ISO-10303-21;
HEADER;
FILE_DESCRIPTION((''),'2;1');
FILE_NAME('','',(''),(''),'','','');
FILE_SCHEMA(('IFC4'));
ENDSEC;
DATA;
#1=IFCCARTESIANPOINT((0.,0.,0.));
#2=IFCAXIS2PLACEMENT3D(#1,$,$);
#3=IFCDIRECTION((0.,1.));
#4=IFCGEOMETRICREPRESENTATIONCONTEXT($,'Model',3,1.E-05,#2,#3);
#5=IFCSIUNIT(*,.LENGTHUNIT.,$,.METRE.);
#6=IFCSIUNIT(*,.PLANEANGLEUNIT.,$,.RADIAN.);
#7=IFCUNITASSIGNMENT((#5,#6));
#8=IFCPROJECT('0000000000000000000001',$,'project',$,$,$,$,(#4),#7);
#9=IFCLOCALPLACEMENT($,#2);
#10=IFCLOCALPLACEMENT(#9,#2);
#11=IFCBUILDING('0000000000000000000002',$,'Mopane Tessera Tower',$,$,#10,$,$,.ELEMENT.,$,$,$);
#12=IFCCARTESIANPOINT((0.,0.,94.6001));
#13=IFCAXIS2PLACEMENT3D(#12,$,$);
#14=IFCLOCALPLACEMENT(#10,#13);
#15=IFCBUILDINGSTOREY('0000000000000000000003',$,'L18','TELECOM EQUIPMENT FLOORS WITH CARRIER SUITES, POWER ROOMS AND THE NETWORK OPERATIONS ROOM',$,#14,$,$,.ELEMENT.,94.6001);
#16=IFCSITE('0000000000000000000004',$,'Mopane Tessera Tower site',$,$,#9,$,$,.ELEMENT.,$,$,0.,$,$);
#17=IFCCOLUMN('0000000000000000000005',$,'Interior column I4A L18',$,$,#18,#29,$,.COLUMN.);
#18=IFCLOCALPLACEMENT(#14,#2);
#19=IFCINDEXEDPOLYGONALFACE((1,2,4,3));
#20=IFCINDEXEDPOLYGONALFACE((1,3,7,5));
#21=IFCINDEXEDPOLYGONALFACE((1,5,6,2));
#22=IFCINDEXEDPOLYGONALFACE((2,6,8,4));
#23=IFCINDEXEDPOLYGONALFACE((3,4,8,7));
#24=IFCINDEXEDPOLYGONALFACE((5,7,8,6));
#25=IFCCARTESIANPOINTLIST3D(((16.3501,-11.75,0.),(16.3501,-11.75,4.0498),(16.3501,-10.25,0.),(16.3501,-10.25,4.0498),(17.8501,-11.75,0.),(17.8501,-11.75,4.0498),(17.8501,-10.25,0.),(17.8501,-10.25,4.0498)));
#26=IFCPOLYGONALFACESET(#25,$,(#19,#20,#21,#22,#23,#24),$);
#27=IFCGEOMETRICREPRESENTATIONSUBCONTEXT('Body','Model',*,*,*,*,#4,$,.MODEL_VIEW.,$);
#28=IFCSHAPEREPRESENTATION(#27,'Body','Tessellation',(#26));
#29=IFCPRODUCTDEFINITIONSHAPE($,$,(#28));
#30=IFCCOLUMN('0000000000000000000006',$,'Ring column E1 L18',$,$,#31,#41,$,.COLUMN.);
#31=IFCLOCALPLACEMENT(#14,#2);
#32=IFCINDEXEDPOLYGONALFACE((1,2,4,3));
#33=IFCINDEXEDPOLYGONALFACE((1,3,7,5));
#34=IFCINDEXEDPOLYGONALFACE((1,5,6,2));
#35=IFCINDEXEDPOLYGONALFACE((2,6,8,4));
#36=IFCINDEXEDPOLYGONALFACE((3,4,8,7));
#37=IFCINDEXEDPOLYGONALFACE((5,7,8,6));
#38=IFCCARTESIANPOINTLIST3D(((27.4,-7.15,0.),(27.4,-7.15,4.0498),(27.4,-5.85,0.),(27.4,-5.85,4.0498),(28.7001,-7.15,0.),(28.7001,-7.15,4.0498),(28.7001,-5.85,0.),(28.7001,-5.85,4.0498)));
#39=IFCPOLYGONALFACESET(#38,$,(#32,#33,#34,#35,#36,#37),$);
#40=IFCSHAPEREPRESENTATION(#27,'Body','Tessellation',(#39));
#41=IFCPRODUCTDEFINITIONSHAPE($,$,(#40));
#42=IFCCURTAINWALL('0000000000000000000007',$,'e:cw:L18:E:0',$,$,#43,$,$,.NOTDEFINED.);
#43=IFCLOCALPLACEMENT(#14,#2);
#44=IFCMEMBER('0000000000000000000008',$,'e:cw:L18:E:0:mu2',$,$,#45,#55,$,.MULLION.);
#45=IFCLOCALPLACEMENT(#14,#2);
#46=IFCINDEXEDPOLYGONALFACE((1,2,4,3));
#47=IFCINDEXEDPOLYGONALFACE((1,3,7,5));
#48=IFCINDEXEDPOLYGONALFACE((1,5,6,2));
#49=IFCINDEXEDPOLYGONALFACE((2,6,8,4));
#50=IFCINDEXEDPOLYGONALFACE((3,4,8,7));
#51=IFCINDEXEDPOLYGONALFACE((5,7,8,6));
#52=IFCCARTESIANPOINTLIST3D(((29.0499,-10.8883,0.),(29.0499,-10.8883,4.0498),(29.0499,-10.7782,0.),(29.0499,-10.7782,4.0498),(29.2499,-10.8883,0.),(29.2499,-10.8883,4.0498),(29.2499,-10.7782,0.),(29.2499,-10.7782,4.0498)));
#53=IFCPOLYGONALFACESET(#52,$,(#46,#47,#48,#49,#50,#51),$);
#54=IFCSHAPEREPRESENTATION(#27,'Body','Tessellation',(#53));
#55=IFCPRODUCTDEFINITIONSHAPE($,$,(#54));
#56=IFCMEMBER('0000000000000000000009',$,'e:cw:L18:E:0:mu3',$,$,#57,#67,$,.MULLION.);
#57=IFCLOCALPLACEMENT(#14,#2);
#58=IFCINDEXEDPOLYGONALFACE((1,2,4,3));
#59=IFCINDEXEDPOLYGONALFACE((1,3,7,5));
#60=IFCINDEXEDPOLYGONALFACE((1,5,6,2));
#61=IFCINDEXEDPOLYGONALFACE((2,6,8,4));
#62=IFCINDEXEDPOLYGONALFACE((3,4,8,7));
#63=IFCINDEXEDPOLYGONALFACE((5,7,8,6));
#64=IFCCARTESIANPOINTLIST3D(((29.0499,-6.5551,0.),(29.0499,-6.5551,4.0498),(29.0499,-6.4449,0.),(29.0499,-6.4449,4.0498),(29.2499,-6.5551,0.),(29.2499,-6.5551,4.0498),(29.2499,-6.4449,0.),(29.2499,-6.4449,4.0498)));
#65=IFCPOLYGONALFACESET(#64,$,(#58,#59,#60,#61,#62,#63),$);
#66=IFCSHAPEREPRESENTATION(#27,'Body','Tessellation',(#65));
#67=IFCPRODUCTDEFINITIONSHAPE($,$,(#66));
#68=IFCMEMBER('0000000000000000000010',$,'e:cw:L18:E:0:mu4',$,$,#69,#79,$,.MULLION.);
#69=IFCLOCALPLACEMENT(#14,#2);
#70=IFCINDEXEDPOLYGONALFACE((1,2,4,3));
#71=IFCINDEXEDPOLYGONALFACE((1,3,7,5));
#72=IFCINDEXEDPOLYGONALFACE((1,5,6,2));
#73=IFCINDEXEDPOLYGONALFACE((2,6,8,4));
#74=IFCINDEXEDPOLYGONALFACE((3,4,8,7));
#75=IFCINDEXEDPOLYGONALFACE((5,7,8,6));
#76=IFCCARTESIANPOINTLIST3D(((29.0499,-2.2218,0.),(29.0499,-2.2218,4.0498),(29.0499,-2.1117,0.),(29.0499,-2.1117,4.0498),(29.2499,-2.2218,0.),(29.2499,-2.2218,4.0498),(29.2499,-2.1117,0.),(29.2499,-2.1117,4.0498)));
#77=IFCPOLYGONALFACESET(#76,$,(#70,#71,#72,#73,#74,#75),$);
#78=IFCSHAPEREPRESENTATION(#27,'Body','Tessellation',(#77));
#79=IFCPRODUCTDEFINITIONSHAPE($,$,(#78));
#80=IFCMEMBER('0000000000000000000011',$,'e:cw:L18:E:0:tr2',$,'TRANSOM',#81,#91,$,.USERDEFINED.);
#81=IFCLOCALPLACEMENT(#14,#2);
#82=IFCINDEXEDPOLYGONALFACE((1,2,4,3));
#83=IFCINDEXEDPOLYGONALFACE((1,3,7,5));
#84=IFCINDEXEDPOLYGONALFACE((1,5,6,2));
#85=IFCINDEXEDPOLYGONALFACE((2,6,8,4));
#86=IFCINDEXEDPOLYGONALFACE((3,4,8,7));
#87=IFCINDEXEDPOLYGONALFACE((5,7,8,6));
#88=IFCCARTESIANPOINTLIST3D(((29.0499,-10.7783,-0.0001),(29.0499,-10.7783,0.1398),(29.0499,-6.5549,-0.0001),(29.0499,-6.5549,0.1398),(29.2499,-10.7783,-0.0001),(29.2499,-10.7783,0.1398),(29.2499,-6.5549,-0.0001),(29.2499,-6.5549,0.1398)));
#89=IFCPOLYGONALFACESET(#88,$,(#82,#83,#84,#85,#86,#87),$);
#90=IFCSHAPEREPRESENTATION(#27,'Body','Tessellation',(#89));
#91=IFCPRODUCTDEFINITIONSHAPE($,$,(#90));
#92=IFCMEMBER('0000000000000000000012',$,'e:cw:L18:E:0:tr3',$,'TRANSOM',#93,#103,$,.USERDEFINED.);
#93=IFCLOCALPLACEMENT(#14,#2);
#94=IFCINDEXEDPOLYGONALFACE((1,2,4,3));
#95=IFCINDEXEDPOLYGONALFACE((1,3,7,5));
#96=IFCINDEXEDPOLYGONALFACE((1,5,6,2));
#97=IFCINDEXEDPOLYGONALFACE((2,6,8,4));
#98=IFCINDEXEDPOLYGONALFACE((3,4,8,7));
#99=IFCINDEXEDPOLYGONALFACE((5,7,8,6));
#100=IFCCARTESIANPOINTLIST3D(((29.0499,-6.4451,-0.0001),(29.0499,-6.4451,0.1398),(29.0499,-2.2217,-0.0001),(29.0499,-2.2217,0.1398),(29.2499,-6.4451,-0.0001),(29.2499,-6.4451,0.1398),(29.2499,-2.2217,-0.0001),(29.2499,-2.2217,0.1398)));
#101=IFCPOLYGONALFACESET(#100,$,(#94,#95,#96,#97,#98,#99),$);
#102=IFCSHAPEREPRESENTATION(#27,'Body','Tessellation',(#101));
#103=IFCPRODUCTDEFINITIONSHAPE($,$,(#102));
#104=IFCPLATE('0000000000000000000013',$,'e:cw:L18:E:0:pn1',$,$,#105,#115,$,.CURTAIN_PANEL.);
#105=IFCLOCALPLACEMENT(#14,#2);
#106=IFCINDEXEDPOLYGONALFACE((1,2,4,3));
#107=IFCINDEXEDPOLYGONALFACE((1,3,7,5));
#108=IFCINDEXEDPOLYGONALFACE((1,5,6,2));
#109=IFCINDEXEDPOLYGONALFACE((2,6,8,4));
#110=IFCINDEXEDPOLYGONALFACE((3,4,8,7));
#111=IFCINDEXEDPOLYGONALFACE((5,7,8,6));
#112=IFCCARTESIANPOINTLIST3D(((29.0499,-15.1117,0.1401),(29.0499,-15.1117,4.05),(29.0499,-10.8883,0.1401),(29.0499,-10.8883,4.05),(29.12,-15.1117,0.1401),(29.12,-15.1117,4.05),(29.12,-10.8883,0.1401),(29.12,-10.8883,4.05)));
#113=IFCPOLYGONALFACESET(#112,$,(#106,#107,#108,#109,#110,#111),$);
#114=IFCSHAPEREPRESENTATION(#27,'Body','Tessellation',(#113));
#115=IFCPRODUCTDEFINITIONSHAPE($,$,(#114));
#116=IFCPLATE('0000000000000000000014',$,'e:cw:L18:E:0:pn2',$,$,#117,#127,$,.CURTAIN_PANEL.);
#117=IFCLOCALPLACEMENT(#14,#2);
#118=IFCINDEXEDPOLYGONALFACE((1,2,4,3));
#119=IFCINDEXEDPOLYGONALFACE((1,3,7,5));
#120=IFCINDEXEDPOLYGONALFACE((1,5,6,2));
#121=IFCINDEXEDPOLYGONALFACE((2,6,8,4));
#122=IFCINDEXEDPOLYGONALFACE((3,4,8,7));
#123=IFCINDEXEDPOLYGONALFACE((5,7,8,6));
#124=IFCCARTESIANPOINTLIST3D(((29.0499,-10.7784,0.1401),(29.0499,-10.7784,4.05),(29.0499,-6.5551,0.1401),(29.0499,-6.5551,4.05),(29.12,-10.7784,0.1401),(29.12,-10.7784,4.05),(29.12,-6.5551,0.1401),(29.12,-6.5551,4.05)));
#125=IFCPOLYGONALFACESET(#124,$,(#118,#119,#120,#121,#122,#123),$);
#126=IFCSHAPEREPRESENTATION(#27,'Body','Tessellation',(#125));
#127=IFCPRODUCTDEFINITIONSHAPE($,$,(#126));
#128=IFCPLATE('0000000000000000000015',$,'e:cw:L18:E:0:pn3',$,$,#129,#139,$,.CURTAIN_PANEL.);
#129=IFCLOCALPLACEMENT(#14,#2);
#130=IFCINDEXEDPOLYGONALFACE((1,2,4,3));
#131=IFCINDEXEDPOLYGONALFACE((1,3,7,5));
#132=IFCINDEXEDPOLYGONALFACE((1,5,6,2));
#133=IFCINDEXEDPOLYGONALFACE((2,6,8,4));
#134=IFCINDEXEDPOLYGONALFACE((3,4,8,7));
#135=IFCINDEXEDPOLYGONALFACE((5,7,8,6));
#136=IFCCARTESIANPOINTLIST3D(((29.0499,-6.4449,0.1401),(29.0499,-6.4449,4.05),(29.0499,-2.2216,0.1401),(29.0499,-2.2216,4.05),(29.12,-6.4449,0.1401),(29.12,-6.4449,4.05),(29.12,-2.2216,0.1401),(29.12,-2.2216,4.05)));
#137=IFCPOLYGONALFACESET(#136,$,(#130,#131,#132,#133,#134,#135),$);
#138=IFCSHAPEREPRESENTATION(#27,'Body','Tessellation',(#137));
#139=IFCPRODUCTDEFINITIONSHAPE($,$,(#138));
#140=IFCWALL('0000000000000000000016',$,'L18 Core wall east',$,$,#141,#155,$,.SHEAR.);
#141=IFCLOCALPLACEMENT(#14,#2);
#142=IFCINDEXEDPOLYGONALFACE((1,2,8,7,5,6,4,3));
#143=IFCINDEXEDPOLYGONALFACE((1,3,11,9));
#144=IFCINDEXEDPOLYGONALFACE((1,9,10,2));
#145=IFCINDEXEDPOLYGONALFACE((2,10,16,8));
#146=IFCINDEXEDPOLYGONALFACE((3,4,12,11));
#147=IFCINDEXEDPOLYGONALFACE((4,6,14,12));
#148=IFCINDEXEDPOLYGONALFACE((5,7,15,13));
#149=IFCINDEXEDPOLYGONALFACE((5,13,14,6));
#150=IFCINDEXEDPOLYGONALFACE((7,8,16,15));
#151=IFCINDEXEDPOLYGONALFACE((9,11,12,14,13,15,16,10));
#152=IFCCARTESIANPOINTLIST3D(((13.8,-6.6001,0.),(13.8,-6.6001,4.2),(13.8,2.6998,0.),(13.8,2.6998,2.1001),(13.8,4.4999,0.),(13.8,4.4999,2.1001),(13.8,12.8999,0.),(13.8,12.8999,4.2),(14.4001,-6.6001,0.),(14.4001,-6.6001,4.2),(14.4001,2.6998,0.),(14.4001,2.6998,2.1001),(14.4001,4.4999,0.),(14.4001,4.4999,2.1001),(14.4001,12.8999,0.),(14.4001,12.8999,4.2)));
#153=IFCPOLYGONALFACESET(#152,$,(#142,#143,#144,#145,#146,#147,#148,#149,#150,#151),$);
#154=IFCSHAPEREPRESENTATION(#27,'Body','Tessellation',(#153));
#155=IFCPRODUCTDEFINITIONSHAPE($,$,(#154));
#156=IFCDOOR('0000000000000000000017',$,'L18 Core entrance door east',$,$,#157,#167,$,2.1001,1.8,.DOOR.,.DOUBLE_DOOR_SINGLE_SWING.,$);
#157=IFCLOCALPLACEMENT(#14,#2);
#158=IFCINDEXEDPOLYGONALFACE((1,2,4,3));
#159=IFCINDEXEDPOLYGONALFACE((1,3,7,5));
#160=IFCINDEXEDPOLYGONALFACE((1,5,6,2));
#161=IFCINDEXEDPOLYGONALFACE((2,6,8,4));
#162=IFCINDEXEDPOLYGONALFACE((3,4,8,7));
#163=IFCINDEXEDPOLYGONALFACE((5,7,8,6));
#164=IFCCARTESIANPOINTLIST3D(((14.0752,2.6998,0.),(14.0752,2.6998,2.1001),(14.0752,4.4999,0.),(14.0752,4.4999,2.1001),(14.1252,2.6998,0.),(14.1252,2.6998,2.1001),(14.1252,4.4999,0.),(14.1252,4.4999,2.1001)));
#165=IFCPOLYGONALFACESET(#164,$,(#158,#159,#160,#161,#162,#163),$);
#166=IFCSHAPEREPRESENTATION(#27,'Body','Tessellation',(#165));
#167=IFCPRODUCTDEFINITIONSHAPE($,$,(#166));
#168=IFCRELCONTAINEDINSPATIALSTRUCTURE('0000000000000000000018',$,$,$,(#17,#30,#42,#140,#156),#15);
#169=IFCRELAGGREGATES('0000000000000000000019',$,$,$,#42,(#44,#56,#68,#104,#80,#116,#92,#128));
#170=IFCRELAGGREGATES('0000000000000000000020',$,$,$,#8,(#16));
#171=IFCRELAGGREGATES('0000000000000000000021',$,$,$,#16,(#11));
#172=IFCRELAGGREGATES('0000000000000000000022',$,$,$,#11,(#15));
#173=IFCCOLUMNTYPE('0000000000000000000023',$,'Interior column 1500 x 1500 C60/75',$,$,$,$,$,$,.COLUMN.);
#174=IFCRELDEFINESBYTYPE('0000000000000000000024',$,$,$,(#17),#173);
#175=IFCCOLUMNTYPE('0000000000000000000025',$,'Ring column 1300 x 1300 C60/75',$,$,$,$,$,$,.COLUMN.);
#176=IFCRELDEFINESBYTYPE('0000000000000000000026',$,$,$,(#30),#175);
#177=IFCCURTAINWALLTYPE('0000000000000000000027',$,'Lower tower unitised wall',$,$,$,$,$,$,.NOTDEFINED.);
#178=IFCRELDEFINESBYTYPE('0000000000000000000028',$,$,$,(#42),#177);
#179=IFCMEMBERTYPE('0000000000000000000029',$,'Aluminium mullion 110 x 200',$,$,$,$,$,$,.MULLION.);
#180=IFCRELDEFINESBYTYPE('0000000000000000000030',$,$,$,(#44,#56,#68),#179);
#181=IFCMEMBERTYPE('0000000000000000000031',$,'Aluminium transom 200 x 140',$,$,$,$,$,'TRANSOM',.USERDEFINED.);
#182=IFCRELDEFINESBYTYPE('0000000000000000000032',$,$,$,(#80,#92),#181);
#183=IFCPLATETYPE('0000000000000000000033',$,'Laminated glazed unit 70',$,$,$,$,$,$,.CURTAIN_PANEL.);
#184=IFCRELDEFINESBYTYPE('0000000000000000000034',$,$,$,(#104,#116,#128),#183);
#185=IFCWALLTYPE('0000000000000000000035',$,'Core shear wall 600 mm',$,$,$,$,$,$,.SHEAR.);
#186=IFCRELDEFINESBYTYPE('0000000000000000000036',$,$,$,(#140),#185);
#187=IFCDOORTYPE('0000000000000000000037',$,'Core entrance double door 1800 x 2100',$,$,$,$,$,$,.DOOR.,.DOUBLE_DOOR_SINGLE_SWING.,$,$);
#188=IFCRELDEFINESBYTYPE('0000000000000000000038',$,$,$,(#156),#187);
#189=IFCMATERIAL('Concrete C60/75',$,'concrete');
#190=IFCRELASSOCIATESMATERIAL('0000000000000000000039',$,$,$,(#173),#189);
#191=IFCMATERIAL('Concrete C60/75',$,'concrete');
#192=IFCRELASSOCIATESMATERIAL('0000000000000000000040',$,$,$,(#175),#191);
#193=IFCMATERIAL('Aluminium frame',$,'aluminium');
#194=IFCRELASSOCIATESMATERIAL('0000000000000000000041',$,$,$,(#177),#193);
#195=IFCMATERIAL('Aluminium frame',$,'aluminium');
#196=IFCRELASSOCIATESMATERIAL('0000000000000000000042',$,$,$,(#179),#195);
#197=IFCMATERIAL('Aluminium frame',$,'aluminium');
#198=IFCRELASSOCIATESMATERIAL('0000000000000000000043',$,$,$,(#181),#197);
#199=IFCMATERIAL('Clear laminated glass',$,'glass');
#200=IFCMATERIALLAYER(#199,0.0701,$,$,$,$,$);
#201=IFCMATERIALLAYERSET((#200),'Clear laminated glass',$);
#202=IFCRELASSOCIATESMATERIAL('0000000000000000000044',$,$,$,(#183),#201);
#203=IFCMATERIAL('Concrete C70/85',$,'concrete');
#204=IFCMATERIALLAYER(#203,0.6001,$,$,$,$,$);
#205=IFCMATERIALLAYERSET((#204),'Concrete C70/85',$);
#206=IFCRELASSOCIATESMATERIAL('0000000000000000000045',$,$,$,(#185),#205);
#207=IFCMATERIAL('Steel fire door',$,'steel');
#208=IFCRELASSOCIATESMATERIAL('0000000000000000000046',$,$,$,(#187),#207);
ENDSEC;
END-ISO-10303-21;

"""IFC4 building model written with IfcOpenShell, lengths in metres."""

from ifc_helpers import new_model, si_unit, direction, frame, frame_2d, origin, origin_2d, place, context, subcontext, project, spatial, rectangle, extrude, material, layer, layer_set, material_profile, profile_set, type_object, element, fill, aggregate, save


model = new_model("IFC4")

# Units and contexts
model_context = context("Model", 3, precision=1e-05, world=origin(), true_north=direction((0.0, 1.0)))
body_context = subcontext(model_context, "Body", "Model", "MODEL_VIEW")
ifc_project = project(units=[si_unit("LENGTHUNIT", "METRE"), si_unit("PLANEANGLEUNIT", "RADIAN")], contexts=[model_context])

# Site, building, storey
site_placement = place(None, origin())
site = spatial("IfcSite", under=ifc_project, at=site_placement, Name="Mopane Tessera Tower site", CompositionType="ELEMENT", RefElevation=0.0)
building_placement = place(site_placement, origin())
building = spatial("IfcBuilding", under=site, at=building_placement, Name="Mopane Tessera Tower", CompositionType="ELEMENT")
storey_placement = place(building_placement, frame((0.0, 0.0, 94.6001)))
storey = spatial("IfcBuildingStorey", under=building, at=storey_placement, Name="L18", Description="TELECOM EQUIPMENT FLOORS WITH CARRIER SUITES, POWER ROOMS AND THE NETWORK OPERATIONS ROOM", CompositionType="ELEMENT", Elevation=94.6001)

# Columns
ifc_material_1 = material(Name="Concrete C60/75", Category="concrete")
ifc_material_profile_1 = material_profile(ifc_material_1, rectangle(XDim=1.5, YDim=1.5, at=origin_2d()))
ifc_profile_set_1 = profile_set([ifc_material_profile_1], Name="Concrete C60/75")
column_type_1 = type_object("IfcColumnType", Name="Interior column 1500 x 1500 C60/75", PredefinedType="COLUMN", material=ifc_profile_set_1)
column_1_placement = place(storey_placement, frame((17.1001, -11.0, 0.0), z_axis=(0.0, 0.0, 1.0), x_axis=(1.0, 0.0, 0.0)))
element("IfcColumn", 1, at=column_1_placement, inside=storey, type_object=column_type_1, Name="Interior column I4A L18", PredefinedType="COLUMN", context=body_context, shape_type="SweptSolid", body=[
    extrude(rectangle(XDim=1.5, YDim=1.5, at=origin_2d()), origin(), (0.0, 0.0, 1.0), 4.0498),
])
ifc_material_2 = material(Name="Concrete C60/75", Category="concrete")
ifc_material_profile_2 = material_profile(ifc_material_2, rectangle(XDim=1.3, YDim=1.3, at=origin_2d()))
ifc_profile_set_2 = profile_set([ifc_material_profile_2], Name="Concrete C60/75")
column_type_2 = type_object("IfcColumnType", Name="Ring column 1300 x 1300 C60/75", PredefinedType="COLUMN", material=ifc_profile_set_2)
column_2_placement = place(storey_placement, frame((28.05, -6.5, 0.0), z_axis=(0.0, 0.0, 1.0), x_axis=(1.0, 0.0, 0.0)))
element("IfcColumn", 2, at=column_2_placement, inside=storey, type_object=column_type_2, Name="Ring column E1 L18", PredefinedType="COLUMN", context=body_context, shape_type="SweptSolid", body=[
    extrude(rectangle(XDim=1.3, YDim=1.3, at=origin_2d()), origin(), (0.0, 0.0, 1.0), 4.0498),
])

# Curtain wall, members, plates
ifc_material_3 = material(Name="Aluminium frame", Category="aluminium")
curtain_wall_type = type_object("IfcCurtainWallType", Name="Lower tower unitised wall", PredefinedType="NOTDEFINED", material=ifc_material_3)
curtain_wall_placement = place(storey_placement, origin())
curtain_wall = element("IfcCurtainWall", 3, at=curtain_wall_placement, inside=storey, type_object=curtain_wall_type, Name="e:cw:L18:E:0", PredefinedType="NOTDEFINED")
ifc_material_4 = material(Name="Aluminium frame", Category="aluminium")
ifc_material_profile_3 = material_profile(ifc_material_4, rectangle(XDim=0.1101, YDim=0.2, at=origin_2d()))
ifc_profile_set_3 = profile_set([ifc_material_profile_3], Name="Aluminium frame")
member_type_1 = type_object("IfcMemberType", Name="Aluminium mullion 110 x 200", PredefinedType="MULLION", material=ifc_profile_set_3)
member_1_placement = place(storey_placement, frame((29.1499, -10.8333, 0.0), z_axis=(0.0, 0.0, 1.0), x_axis=(0.0, 1.0, 0.0)))
member_1 = element("IfcMember", 4, at=member_1_placement, type_object=member_type_1, Name="e:cw:L18:E:0:mu2", PredefinedType="MULLION", context=body_context, shape_type="SweptSolid", body=[
    extrude(rectangle(XDim=0.1101, YDim=0.2, at=origin_2d()), origin(), (0.0, 0.0, 1.0), 4.0498),
])
member_2_placement = place(storey_placement, frame((29.1499, -6.5, 0.0), z_axis=(0.0, 0.0, 1.0), x_axis=(0.0, 1.0, 0.0)))
member_2 = element("IfcMember", 5, at=member_2_placement, type_object=member_type_1, Name="e:cw:L18:E:0:mu3", PredefinedType="MULLION", context=body_context, shape_type="SweptSolid", body=[
    extrude(rectangle(XDim=0.1101, YDim=0.2, at=origin_2d()), origin(), (0.0, 0.0, 1.0), 4.0498),
])
member_3_placement = place(storey_placement, frame((29.1499, -2.1667, 0.0), z_axis=(0.0, 0.0, 1.0), x_axis=(0.0, 1.0, 0.0)))
member_3 = element("IfcMember", 6, at=member_3_placement, type_object=member_type_1, Name="e:cw:L18:E:0:mu4", PredefinedType="MULLION", context=body_context, shape_type="SweptSolid", body=[
    extrude(rectangle(XDim=0.1101, YDim=0.2, at=origin_2d()), origin(), (0.0, 0.0, 1.0), 4.0498),
])
ifc_material_5 = material(Name="Aluminium frame", Category="aluminium")
ifc_material_profile_4 = material_profile(ifc_material_5, rectangle(XDim=0.2, YDim=0.1399, at=origin_2d()))
ifc_profile_set_4 = profile_set([ifc_material_profile_4], Name="Aluminium frame")
member_type_2 = type_object("IfcMemberType", Name="Aluminium transom 200 x 140", ElementType="TRANSOM", PredefinedType="USERDEFINED", material=ifc_profile_set_4)
member_4_placement = place(storey_placement, frame((29.1499, -10.7783, 0.0698), z_axis=(0.0, 1.0, 0.0), x_axis=(-1.0, 0.0, 0.0)))
member_4 = element("IfcMember", 7, at=member_4_placement, type_object=member_type_2, Name="e:cw:L18:E:0:tr2", ObjectType="TRANSOM", PredefinedType="USERDEFINED", context=body_context, shape_type="SweptSolid", body=[
    extrude(rectangle(XDim=0.2, YDim=0.1399, at=origin_2d()), origin(), (0.0, 0.0, 1.0), 4.2234),
])
member_5_placement = place(storey_placement, frame((29.1499, -6.4451, 0.0698), z_axis=(0.0, 1.0, 0.0), x_axis=(-1.0, 0.0, 0.0)))
member_5 = element("IfcMember", 8, at=member_5_placement, type_object=member_type_2, Name="e:cw:L18:E:0:tr3", ObjectType="TRANSOM", PredefinedType="USERDEFINED", context=body_context, shape_type="SweptSolid", body=[
    extrude(rectangle(XDim=0.2, YDim=0.1399, at=origin_2d()), origin(), (0.0, 0.0, 1.0), 4.2234),
])
ifc_material_6 = material(Name="Clear laminated glass", Category="glass")
ifc_layer_1 = layer(ifc_material_6, 0.0701)
ifc_layer_set_1 = layer_set([ifc_layer_1], Name="Clear laminated glass")
plate_type = type_object("IfcPlateType", Name="Laminated glazed unit 70", PredefinedType="CURTAIN_PANEL", material=ifc_layer_set_1)
plate_1_placement = place(storey_placement, frame((29.085, -13.0, 0.1401), z_axis=(0.0, 0.0, 1.0), x_axis=(0.0, 1.0, 0.0)))
plate_1 = element("IfcPlate", 9, at=plate_1_placement, type_object=plate_type, Name="e:cw:L18:E:0:pn1", PredefinedType="CURTAIN_PANEL", context=body_context, shape_type="SweptSolid", body=[
    extrude(rectangle(XDim=4.2234, YDim=0.0701, at=origin_2d()), origin(), (0.0, 0.0, 1.0), 3.9099),
])
plate_2_placement = place(storey_placement, frame((29.085, -8.6667, 0.1401), z_axis=(0.0, 0.0, 1.0), x_axis=(0.0, 1.0, 0.0)))
plate_2 = element("IfcPlate", 10, at=plate_2_placement, type_object=plate_type, Name="e:cw:L18:E:0:pn2", PredefinedType="CURTAIN_PANEL", context=body_context, shape_type="SweptSolid", body=[
    extrude(rectangle(XDim=4.2234, YDim=0.0701, at=origin_2d()), origin(), (0.0, 0.0, 1.0), 3.9099),
])
plate_3_placement = place(storey_placement, frame((29.085, -4.3333, 0.1401), z_axis=(0.0, 0.0, 1.0), x_axis=(0.0, 1.0, 0.0)))
plate_3 = element("IfcPlate", 11, at=plate_3_placement, type_object=plate_type, Name="e:cw:L18:E:0:pn3", PredefinedType="CURTAIN_PANEL", context=body_context, shape_type="SweptSolid", body=[
    extrude(rectangle(XDim=4.2234, YDim=0.0701, at=origin_2d()), origin(), (0.0, 0.0, 1.0), 3.9099),
])
aggregate(curtain_wall, [member_1, member_2, member_3, plate_1, member_4, plate_2, member_5, plate_3])

# Wall, opening, door
ifc_material_7 = material(Name="Concrete C70/85", Category="concrete")
ifc_layer_2 = layer(ifc_material_7, 0.6001)
ifc_layer_set_2 = layer_set([ifc_layer_2], Name="Concrete C70/85")
wall_type_1 = type_object("IfcWallType", Name="Core shear wall 600 mm", PredefinedType="SHEAR", material=ifc_layer_set_2)
wall_1_placement = place(storey_placement, frame((14.1001, -6.6001, 0.0), z_axis=(0.0, 0.0, 1.0), x_axis=(0.0, 1.0, 0.0)))
wall_1 = element("IfcWall", 12, at=wall_1_placement, inside=storey, type_object=wall_type_1, Name="L18 Core wall east", PredefinedType="SHEAR", context=body_context, shape_type="SweptSolid", body=[
    extrude(rectangle(XDim=19.5, YDim=0.6001, at=frame_2d((9.75, 0.0))), origin(), (0.0, 0.0, 1.0), 4.2),
])
opening_1_placement = place(wall_1_placement, frame((9.3, 0.0, 0.0)))
opening_1 = element("IfcOpeningElement", 13, at=opening_1_placement, cuts=wall_1, PredefinedType="OPENING", context=body_context, shape_type="SweptSolid", body=[
    extrude(rectangle(XDim=1.8, YDim=2.1001, at=frame_2d((0.8999, 1.05))), frame((0.0, 0.312, 0.0), z_axis=(0.0, -1.0, 0.0), x_axis=(1.0, 0.0, 0.0)), (0.0, 0.0, 1.0), 0.624),
])
ifc_material_8 = material(Name="Steel fire door", Category="steel")
door_type_1 = type_object("IfcDoorType", Name="Core entrance double door 1800 x 2100", OperationType="DOUBLE_DOOR_SINGLE_SWING", PredefinedType="DOOR", material=ifc_material_8)
door_1_placement = place(opening_1_placement, origin())
door_1 = element("IfcDoor", 14, at=door_1_placement, inside=storey, type_object=door_type_1, Name="L18 Core entrance door east", OperationType="DOUBLE_DOOR_SINGLE_SWING", OverallHeight=2.1001, OverallWidth=1.8, PredefinedType="DOOR", context=body_context, shape_type="SweptSolid", body=[
    extrude(rectangle(XDim=1.8, YDim=2.1001, at=frame_2d((0.8999, 1.05))), frame((0.0, 0.0249, 0.0), z_axis=(0.0, -1.0, 0.0), x_axis=(1.0, 0.0, 0.0)), (0.0, 0.0, 1.0), 0.05),
])
fill(opening_1, door_1)

save(model, "model.ifc")
